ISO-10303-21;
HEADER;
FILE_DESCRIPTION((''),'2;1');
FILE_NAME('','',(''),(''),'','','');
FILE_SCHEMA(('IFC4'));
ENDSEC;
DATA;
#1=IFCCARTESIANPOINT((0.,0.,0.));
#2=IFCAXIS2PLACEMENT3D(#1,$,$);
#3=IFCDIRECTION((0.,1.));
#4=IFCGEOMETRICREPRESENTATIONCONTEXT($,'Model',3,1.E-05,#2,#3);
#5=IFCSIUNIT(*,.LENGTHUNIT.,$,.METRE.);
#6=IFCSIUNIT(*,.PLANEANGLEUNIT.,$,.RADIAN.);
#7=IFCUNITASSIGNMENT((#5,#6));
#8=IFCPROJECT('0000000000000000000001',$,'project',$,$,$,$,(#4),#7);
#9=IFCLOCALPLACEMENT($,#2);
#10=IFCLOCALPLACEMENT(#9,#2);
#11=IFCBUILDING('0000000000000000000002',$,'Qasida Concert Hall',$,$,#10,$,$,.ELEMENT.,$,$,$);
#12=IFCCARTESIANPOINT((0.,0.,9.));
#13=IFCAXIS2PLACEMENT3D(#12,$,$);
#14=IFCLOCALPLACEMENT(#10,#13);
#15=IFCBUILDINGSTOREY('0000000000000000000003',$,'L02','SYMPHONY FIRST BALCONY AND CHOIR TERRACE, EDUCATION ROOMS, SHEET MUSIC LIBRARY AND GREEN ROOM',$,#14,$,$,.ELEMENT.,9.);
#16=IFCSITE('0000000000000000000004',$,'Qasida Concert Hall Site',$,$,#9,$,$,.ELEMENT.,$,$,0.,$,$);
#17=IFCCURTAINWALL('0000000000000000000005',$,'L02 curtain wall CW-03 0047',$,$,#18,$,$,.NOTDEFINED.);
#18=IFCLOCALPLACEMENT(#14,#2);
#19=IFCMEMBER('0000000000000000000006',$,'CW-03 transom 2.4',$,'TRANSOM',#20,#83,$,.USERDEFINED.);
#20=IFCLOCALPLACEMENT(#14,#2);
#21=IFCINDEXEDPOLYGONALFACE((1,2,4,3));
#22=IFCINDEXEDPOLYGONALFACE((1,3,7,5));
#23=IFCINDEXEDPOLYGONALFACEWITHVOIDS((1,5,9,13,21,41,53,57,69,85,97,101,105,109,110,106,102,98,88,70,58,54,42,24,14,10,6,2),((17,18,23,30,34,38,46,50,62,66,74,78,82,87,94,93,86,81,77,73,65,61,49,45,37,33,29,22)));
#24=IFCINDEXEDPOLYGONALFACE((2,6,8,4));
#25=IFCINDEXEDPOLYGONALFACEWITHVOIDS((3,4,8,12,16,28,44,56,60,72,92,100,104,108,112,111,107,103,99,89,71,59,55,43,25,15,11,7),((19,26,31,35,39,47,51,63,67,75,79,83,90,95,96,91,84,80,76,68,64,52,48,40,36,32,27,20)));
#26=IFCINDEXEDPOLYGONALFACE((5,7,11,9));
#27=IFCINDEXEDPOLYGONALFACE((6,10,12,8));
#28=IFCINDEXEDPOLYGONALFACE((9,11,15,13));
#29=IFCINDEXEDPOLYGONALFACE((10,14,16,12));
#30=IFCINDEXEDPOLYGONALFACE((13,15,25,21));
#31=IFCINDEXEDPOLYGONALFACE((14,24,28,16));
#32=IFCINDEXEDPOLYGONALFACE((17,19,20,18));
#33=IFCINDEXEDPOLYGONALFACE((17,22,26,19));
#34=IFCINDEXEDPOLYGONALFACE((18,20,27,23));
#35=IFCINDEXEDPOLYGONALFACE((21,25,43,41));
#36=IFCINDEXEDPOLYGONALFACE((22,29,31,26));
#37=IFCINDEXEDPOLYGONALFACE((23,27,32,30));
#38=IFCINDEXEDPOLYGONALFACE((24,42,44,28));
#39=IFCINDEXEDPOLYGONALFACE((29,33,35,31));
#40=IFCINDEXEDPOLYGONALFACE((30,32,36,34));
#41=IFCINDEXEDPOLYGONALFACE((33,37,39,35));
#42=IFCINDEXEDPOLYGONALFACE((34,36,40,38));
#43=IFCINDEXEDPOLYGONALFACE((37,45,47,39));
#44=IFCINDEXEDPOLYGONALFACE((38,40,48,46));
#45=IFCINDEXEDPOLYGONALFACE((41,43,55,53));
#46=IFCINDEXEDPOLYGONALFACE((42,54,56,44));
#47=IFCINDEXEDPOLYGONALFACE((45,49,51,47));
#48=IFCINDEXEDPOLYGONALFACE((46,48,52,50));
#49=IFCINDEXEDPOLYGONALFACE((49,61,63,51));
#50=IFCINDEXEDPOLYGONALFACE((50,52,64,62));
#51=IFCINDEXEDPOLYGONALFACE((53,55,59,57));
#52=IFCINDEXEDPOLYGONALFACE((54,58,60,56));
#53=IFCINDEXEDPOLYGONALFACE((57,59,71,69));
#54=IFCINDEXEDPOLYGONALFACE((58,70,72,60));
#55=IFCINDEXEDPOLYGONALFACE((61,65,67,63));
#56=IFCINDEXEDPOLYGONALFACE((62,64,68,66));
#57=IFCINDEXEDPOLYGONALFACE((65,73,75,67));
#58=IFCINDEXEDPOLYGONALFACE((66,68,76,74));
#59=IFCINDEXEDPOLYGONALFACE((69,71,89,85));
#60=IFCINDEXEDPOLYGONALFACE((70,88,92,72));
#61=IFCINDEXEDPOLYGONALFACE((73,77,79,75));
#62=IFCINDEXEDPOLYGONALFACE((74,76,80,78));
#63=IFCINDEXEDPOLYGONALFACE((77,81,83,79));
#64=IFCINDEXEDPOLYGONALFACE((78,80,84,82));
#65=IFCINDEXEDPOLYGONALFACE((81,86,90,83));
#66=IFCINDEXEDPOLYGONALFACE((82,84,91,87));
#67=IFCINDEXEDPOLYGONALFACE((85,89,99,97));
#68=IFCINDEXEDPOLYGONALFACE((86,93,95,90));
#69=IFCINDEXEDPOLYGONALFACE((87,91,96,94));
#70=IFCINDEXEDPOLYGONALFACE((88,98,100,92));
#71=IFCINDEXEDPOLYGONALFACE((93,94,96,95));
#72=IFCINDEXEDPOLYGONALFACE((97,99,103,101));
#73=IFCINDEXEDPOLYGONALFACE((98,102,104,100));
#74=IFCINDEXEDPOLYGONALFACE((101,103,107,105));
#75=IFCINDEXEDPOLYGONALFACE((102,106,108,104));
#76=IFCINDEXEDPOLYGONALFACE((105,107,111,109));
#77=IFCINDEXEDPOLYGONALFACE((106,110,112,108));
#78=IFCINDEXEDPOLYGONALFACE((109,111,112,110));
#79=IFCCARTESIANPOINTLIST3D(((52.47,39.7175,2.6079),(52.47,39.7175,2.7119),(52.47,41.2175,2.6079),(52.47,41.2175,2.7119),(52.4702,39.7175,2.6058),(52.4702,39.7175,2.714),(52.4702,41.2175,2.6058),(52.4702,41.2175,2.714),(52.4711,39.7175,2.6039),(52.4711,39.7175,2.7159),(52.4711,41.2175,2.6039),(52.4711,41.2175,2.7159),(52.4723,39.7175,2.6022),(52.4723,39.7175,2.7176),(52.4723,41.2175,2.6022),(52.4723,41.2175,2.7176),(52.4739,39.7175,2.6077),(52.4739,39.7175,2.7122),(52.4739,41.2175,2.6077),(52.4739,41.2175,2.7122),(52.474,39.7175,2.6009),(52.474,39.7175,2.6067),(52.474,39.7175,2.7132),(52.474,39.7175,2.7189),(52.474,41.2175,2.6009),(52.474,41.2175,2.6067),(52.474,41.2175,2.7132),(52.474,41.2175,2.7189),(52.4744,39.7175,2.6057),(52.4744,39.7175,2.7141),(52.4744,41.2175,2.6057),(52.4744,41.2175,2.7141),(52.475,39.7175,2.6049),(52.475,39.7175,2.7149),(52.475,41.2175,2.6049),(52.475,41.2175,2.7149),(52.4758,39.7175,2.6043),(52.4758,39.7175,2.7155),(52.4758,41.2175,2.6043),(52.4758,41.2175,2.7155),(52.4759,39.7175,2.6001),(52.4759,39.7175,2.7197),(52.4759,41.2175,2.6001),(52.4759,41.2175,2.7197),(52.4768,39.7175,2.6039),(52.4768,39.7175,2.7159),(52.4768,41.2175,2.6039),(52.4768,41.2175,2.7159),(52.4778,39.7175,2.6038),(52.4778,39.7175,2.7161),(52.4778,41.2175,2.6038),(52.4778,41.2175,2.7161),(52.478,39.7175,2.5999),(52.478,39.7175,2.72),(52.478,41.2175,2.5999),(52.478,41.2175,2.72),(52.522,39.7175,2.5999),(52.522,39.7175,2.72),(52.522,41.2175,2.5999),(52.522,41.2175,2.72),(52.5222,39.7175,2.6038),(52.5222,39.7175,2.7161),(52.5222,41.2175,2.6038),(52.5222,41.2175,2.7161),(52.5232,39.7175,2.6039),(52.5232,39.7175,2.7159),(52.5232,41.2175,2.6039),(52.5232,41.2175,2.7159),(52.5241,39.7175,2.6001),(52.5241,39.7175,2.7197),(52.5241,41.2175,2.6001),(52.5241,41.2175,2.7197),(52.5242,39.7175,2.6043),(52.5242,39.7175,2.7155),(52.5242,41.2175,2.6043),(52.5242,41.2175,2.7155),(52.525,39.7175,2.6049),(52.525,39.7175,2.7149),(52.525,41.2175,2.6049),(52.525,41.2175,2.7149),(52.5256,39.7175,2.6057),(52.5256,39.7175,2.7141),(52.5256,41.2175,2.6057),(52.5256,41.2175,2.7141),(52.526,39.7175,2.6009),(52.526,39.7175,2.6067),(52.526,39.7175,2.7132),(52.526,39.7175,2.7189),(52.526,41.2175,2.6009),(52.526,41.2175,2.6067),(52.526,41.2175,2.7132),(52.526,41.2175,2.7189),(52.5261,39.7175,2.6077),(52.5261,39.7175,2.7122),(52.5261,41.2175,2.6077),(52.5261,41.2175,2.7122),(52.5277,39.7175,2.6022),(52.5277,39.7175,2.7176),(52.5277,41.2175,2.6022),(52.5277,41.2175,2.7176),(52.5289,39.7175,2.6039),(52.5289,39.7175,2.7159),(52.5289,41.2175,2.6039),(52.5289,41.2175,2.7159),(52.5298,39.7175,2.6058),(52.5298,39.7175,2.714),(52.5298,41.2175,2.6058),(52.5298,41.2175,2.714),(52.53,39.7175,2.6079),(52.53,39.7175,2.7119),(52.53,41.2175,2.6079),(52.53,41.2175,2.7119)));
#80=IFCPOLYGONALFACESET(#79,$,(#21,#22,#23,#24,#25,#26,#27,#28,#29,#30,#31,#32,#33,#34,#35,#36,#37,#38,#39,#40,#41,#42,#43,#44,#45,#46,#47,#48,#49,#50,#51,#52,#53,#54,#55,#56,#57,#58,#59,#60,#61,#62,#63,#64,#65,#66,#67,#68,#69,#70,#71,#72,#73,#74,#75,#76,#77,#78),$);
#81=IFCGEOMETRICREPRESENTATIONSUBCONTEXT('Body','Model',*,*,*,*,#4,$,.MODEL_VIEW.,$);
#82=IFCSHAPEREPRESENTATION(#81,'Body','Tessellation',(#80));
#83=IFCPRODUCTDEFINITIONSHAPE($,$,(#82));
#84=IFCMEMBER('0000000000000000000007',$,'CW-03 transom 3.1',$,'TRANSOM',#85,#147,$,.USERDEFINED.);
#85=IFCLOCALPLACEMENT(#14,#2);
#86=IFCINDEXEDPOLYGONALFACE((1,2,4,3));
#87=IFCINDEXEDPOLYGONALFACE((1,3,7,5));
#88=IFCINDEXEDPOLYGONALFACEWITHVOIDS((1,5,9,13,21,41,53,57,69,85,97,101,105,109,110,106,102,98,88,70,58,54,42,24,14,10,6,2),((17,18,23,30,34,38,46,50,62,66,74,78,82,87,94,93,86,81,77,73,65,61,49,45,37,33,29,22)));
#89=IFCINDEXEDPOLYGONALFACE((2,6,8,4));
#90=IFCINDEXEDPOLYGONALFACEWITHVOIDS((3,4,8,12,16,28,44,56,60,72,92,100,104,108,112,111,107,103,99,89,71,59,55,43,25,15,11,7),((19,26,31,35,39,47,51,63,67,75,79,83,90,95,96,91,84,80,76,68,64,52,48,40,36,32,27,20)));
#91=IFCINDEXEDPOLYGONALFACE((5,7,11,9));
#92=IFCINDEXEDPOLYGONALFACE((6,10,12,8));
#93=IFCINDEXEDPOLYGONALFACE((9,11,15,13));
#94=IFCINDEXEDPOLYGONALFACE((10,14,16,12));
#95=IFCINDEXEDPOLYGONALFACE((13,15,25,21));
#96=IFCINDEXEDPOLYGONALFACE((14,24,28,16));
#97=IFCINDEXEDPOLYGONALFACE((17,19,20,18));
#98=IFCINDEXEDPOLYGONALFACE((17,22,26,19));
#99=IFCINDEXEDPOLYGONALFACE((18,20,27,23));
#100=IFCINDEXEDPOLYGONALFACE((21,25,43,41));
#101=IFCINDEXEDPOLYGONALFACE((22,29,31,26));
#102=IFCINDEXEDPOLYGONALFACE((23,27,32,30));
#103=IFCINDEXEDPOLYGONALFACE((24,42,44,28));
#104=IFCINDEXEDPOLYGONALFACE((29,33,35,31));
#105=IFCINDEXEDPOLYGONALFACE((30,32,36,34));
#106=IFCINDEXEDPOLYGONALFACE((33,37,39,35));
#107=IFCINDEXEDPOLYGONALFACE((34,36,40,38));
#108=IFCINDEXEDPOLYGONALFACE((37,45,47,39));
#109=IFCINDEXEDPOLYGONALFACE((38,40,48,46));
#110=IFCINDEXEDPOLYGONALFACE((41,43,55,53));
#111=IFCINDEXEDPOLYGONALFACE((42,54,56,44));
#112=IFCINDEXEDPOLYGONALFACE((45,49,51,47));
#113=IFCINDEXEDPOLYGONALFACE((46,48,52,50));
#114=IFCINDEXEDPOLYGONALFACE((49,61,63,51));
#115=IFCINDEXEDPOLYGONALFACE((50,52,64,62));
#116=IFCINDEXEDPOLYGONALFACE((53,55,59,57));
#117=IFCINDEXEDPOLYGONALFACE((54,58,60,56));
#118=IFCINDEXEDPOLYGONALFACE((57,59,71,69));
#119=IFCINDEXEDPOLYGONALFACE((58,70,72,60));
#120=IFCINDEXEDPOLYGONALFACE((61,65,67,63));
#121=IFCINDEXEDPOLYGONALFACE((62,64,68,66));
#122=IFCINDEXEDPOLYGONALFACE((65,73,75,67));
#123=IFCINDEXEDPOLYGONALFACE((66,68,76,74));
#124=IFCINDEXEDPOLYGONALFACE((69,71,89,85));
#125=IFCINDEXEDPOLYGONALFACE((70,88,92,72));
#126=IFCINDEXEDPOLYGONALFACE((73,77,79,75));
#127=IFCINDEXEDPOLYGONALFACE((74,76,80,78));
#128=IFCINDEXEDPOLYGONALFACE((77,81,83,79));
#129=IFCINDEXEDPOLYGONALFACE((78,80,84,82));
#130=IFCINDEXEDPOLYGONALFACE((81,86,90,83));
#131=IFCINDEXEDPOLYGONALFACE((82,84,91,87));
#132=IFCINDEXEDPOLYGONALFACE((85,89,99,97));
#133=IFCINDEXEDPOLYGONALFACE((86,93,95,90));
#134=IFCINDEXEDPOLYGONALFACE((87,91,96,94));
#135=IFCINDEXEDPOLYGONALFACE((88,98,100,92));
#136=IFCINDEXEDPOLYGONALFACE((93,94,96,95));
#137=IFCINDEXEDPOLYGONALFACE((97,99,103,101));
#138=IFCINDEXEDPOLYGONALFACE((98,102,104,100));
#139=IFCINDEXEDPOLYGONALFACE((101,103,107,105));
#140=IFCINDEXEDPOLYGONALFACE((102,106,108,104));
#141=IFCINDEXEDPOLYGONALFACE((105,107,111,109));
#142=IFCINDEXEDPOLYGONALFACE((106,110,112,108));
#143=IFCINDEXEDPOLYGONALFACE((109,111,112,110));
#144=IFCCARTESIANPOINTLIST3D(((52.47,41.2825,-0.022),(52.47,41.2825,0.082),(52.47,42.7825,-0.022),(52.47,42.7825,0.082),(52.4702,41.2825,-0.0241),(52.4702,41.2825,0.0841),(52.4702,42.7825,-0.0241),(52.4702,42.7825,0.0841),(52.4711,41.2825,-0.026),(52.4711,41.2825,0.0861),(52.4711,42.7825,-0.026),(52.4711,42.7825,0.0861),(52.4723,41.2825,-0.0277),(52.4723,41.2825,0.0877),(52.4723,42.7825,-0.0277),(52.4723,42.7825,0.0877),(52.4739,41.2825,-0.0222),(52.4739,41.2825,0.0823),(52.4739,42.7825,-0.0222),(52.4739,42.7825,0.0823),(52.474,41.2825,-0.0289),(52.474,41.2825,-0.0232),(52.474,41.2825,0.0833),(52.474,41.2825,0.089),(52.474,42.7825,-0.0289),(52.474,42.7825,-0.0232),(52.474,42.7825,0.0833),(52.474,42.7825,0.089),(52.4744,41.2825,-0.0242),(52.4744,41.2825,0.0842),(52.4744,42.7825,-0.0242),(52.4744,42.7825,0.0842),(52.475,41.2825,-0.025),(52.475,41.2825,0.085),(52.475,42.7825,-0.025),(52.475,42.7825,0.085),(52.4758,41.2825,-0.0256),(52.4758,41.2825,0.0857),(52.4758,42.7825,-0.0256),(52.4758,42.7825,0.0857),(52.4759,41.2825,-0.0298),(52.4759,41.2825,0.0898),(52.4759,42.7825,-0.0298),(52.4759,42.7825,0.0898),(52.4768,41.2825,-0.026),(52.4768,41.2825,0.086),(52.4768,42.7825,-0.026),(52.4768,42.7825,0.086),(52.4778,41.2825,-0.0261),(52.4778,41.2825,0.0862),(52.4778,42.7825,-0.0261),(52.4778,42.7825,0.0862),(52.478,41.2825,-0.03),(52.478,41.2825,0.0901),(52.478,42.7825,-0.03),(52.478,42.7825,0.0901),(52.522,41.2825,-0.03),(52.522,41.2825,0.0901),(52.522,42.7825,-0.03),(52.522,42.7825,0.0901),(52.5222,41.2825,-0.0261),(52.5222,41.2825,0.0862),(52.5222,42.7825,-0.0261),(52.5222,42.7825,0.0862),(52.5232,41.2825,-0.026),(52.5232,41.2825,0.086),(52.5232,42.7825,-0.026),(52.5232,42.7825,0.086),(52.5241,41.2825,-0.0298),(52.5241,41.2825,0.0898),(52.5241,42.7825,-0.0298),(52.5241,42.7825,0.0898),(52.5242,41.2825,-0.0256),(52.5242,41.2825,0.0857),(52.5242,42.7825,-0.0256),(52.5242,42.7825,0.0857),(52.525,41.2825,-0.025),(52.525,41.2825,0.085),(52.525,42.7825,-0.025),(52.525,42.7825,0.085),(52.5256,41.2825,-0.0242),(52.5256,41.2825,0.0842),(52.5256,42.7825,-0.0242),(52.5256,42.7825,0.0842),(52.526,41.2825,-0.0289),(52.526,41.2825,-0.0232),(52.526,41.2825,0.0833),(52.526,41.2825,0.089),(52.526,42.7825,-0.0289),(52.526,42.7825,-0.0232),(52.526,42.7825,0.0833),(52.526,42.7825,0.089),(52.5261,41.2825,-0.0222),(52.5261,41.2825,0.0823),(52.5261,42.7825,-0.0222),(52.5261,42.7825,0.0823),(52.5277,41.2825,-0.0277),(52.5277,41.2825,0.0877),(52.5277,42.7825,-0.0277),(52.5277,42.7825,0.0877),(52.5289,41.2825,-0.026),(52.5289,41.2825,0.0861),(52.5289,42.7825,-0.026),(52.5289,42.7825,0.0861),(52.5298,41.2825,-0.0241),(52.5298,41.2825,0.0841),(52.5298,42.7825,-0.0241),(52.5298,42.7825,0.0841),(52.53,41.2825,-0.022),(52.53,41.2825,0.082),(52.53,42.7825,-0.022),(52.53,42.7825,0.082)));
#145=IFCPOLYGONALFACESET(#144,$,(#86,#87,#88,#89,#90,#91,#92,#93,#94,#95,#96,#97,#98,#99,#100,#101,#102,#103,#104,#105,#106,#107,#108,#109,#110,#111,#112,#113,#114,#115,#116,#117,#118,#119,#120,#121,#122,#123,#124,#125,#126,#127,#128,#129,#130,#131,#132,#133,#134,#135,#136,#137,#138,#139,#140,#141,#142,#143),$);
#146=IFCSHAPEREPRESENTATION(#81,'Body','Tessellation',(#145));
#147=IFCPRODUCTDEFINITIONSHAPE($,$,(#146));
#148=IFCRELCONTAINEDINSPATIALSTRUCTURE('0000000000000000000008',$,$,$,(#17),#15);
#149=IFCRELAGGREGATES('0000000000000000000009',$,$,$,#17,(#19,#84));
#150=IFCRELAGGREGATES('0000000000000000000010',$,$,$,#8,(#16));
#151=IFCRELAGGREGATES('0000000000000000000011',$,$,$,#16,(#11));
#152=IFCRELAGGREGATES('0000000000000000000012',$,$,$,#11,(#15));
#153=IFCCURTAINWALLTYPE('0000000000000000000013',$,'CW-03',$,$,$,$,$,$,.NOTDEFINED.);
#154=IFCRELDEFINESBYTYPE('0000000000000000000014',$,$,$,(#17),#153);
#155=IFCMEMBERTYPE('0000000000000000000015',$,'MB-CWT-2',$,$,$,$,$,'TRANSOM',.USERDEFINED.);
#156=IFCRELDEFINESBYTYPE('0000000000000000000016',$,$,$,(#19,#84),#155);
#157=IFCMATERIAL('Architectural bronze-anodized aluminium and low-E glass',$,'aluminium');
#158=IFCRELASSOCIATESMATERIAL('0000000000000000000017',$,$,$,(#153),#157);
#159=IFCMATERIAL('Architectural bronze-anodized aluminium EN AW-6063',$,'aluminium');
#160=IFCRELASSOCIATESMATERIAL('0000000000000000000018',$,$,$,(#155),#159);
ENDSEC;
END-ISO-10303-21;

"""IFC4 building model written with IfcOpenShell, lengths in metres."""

from ifc_helpers import new_model, si_unit, direction, frame, origin, origin_2d, place, context, subcontext, project, spatial, hollow_rectangle, extrude, material, material_profile, profile_set, type_object, element, aggregate, save


model = new_model("IFC4")

# Units and contexts
model_context = context("Model", 3, precision=1e-05, world=origin(), true_north=direction((0.0, 1.0)))
body_context = subcontext(model_context, "Body", "Model", "MODEL_VIEW")
ifc_project = project(units=[si_unit("LENGTHUNIT", "METRE"), si_unit("PLANEANGLEUNIT", "RADIAN")], contexts=[model_context])

# Site, building, storey
site_placement = place(None, origin())
site = spatial("IfcSite", under=ifc_project, at=site_placement, Name="Qasida Concert Hall Site", CompositionType="ELEMENT", RefElevation=0.0)
building_placement = place(site_placement, origin())
building = spatial("IfcBuilding", under=site, at=building_placement, Name="Qasida Concert Hall", CompositionType="ELEMENT")
storey_placement = place(building_placement, frame((0.0, 0.0, 9.0)))
storey = spatial("IfcBuildingStorey", under=building, at=storey_placement, Name="L02", Description="SYMPHONY FIRST BALCONY AND CHOIR TERRACE, EDUCATION ROOMS, SHEET MUSIC LIBRARY AND GREEN ROOM", CompositionType="ELEMENT", Elevation=9.0)

# Curtain wall
ifc_material_1 = material(Name="Architectural bronze-anodized aluminium and low-E glass", Category="aluminium")
curtain_wall_type_1 = type_object("IfcCurtainWallType", Name="CW-03", PredefinedType="NOTDEFINED", material=ifc_material_1)
curtain_wall_1_placement = place(storey_placement, origin())
curtain_wall_1 = element("IfcCurtainWall", 1, at=curtain_wall_1_placement, inside=storey, type_object=curtain_wall_type_1, Name="L02 curtain wall CW-03 0047", PredefinedType="NOTDEFINED")
ifc_material_2 = material(Name="Architectural bronze-anodized aluminium EN AW-6063", Category="aluminium")

# Members
ifc_material_profile_1 = material_profile(ifc_material_2, hollow_rectangle(XDim=0.0601, YDim=0.1201, WallThickness=0.0039, InnerFilletRadius=0.0039, OuterFilletRadius=0.0081, at=origin_2d()), Name="CWT 120x60x4")
ifc_profile_set_1 = profile_set([ifc_material_profile_1], Name="Architectural bronze-anodized aluminium EN AW-6063")
member_type_1 = type_object("IfcMemberType", Name="MB-CWT-2", ElementType="TRANSOM", PredefinedType="USERDEFINED", material=ifc_profile_set_1)
member_1_placement = place(storey_placement, frame((52.5, 39.7175, 2.6599), z_axis=(0.0, 1.0, 0.0), x_axis=(-1.0, 0.0, 0.0)))
member_1 = element("IfcMember", 2, at=member_1_placement, type_object=member_type_1, Name="CW-03 transom 2.4", ObjectType="TRANSOM", PredefinedType="USERDEFINED", context=body_context, shape_type="SweptSolid", body=[
    extrude(hollow_rectangle(XDim=0.0601, YDim=0.1201, WallThickness=0.0039, InnerFilletRadius=0.0039, OuterFilletRadius=0.0081, at=origin_2d()), origin(), (0.0, 0.0, 1.0), 1.5),
])
member_2_placement = place(storey_placement, frame((52.5, 41.2825, 0.03), z_axis=(0.0, 1.0, 0.0), x_axis=(-1.0, 0.0, 0.0)))
member_2 = element("IfcMember", 3, at=member_2_placement, type_object=member_type_1, Name="CW-03 transom 3.1", ObjectType="TRANSOM", PredefinedType="USERDEFINED", context=body_context, shape_type="SweptSolid", body=[
    extrude(hollow_rectangle(XDim=0.0601, YDim=0.1201, WallThickness=0.0039, InnerFilletRadius=0.0039, OuterFilletRadius=0.0081, at=origin_2d()), origin(), (0.0, 0.0, 1.0), 1.5),
])

aggregate(curtain_wall_1, [member_1, member_2])

save(model, "model.ifc")
